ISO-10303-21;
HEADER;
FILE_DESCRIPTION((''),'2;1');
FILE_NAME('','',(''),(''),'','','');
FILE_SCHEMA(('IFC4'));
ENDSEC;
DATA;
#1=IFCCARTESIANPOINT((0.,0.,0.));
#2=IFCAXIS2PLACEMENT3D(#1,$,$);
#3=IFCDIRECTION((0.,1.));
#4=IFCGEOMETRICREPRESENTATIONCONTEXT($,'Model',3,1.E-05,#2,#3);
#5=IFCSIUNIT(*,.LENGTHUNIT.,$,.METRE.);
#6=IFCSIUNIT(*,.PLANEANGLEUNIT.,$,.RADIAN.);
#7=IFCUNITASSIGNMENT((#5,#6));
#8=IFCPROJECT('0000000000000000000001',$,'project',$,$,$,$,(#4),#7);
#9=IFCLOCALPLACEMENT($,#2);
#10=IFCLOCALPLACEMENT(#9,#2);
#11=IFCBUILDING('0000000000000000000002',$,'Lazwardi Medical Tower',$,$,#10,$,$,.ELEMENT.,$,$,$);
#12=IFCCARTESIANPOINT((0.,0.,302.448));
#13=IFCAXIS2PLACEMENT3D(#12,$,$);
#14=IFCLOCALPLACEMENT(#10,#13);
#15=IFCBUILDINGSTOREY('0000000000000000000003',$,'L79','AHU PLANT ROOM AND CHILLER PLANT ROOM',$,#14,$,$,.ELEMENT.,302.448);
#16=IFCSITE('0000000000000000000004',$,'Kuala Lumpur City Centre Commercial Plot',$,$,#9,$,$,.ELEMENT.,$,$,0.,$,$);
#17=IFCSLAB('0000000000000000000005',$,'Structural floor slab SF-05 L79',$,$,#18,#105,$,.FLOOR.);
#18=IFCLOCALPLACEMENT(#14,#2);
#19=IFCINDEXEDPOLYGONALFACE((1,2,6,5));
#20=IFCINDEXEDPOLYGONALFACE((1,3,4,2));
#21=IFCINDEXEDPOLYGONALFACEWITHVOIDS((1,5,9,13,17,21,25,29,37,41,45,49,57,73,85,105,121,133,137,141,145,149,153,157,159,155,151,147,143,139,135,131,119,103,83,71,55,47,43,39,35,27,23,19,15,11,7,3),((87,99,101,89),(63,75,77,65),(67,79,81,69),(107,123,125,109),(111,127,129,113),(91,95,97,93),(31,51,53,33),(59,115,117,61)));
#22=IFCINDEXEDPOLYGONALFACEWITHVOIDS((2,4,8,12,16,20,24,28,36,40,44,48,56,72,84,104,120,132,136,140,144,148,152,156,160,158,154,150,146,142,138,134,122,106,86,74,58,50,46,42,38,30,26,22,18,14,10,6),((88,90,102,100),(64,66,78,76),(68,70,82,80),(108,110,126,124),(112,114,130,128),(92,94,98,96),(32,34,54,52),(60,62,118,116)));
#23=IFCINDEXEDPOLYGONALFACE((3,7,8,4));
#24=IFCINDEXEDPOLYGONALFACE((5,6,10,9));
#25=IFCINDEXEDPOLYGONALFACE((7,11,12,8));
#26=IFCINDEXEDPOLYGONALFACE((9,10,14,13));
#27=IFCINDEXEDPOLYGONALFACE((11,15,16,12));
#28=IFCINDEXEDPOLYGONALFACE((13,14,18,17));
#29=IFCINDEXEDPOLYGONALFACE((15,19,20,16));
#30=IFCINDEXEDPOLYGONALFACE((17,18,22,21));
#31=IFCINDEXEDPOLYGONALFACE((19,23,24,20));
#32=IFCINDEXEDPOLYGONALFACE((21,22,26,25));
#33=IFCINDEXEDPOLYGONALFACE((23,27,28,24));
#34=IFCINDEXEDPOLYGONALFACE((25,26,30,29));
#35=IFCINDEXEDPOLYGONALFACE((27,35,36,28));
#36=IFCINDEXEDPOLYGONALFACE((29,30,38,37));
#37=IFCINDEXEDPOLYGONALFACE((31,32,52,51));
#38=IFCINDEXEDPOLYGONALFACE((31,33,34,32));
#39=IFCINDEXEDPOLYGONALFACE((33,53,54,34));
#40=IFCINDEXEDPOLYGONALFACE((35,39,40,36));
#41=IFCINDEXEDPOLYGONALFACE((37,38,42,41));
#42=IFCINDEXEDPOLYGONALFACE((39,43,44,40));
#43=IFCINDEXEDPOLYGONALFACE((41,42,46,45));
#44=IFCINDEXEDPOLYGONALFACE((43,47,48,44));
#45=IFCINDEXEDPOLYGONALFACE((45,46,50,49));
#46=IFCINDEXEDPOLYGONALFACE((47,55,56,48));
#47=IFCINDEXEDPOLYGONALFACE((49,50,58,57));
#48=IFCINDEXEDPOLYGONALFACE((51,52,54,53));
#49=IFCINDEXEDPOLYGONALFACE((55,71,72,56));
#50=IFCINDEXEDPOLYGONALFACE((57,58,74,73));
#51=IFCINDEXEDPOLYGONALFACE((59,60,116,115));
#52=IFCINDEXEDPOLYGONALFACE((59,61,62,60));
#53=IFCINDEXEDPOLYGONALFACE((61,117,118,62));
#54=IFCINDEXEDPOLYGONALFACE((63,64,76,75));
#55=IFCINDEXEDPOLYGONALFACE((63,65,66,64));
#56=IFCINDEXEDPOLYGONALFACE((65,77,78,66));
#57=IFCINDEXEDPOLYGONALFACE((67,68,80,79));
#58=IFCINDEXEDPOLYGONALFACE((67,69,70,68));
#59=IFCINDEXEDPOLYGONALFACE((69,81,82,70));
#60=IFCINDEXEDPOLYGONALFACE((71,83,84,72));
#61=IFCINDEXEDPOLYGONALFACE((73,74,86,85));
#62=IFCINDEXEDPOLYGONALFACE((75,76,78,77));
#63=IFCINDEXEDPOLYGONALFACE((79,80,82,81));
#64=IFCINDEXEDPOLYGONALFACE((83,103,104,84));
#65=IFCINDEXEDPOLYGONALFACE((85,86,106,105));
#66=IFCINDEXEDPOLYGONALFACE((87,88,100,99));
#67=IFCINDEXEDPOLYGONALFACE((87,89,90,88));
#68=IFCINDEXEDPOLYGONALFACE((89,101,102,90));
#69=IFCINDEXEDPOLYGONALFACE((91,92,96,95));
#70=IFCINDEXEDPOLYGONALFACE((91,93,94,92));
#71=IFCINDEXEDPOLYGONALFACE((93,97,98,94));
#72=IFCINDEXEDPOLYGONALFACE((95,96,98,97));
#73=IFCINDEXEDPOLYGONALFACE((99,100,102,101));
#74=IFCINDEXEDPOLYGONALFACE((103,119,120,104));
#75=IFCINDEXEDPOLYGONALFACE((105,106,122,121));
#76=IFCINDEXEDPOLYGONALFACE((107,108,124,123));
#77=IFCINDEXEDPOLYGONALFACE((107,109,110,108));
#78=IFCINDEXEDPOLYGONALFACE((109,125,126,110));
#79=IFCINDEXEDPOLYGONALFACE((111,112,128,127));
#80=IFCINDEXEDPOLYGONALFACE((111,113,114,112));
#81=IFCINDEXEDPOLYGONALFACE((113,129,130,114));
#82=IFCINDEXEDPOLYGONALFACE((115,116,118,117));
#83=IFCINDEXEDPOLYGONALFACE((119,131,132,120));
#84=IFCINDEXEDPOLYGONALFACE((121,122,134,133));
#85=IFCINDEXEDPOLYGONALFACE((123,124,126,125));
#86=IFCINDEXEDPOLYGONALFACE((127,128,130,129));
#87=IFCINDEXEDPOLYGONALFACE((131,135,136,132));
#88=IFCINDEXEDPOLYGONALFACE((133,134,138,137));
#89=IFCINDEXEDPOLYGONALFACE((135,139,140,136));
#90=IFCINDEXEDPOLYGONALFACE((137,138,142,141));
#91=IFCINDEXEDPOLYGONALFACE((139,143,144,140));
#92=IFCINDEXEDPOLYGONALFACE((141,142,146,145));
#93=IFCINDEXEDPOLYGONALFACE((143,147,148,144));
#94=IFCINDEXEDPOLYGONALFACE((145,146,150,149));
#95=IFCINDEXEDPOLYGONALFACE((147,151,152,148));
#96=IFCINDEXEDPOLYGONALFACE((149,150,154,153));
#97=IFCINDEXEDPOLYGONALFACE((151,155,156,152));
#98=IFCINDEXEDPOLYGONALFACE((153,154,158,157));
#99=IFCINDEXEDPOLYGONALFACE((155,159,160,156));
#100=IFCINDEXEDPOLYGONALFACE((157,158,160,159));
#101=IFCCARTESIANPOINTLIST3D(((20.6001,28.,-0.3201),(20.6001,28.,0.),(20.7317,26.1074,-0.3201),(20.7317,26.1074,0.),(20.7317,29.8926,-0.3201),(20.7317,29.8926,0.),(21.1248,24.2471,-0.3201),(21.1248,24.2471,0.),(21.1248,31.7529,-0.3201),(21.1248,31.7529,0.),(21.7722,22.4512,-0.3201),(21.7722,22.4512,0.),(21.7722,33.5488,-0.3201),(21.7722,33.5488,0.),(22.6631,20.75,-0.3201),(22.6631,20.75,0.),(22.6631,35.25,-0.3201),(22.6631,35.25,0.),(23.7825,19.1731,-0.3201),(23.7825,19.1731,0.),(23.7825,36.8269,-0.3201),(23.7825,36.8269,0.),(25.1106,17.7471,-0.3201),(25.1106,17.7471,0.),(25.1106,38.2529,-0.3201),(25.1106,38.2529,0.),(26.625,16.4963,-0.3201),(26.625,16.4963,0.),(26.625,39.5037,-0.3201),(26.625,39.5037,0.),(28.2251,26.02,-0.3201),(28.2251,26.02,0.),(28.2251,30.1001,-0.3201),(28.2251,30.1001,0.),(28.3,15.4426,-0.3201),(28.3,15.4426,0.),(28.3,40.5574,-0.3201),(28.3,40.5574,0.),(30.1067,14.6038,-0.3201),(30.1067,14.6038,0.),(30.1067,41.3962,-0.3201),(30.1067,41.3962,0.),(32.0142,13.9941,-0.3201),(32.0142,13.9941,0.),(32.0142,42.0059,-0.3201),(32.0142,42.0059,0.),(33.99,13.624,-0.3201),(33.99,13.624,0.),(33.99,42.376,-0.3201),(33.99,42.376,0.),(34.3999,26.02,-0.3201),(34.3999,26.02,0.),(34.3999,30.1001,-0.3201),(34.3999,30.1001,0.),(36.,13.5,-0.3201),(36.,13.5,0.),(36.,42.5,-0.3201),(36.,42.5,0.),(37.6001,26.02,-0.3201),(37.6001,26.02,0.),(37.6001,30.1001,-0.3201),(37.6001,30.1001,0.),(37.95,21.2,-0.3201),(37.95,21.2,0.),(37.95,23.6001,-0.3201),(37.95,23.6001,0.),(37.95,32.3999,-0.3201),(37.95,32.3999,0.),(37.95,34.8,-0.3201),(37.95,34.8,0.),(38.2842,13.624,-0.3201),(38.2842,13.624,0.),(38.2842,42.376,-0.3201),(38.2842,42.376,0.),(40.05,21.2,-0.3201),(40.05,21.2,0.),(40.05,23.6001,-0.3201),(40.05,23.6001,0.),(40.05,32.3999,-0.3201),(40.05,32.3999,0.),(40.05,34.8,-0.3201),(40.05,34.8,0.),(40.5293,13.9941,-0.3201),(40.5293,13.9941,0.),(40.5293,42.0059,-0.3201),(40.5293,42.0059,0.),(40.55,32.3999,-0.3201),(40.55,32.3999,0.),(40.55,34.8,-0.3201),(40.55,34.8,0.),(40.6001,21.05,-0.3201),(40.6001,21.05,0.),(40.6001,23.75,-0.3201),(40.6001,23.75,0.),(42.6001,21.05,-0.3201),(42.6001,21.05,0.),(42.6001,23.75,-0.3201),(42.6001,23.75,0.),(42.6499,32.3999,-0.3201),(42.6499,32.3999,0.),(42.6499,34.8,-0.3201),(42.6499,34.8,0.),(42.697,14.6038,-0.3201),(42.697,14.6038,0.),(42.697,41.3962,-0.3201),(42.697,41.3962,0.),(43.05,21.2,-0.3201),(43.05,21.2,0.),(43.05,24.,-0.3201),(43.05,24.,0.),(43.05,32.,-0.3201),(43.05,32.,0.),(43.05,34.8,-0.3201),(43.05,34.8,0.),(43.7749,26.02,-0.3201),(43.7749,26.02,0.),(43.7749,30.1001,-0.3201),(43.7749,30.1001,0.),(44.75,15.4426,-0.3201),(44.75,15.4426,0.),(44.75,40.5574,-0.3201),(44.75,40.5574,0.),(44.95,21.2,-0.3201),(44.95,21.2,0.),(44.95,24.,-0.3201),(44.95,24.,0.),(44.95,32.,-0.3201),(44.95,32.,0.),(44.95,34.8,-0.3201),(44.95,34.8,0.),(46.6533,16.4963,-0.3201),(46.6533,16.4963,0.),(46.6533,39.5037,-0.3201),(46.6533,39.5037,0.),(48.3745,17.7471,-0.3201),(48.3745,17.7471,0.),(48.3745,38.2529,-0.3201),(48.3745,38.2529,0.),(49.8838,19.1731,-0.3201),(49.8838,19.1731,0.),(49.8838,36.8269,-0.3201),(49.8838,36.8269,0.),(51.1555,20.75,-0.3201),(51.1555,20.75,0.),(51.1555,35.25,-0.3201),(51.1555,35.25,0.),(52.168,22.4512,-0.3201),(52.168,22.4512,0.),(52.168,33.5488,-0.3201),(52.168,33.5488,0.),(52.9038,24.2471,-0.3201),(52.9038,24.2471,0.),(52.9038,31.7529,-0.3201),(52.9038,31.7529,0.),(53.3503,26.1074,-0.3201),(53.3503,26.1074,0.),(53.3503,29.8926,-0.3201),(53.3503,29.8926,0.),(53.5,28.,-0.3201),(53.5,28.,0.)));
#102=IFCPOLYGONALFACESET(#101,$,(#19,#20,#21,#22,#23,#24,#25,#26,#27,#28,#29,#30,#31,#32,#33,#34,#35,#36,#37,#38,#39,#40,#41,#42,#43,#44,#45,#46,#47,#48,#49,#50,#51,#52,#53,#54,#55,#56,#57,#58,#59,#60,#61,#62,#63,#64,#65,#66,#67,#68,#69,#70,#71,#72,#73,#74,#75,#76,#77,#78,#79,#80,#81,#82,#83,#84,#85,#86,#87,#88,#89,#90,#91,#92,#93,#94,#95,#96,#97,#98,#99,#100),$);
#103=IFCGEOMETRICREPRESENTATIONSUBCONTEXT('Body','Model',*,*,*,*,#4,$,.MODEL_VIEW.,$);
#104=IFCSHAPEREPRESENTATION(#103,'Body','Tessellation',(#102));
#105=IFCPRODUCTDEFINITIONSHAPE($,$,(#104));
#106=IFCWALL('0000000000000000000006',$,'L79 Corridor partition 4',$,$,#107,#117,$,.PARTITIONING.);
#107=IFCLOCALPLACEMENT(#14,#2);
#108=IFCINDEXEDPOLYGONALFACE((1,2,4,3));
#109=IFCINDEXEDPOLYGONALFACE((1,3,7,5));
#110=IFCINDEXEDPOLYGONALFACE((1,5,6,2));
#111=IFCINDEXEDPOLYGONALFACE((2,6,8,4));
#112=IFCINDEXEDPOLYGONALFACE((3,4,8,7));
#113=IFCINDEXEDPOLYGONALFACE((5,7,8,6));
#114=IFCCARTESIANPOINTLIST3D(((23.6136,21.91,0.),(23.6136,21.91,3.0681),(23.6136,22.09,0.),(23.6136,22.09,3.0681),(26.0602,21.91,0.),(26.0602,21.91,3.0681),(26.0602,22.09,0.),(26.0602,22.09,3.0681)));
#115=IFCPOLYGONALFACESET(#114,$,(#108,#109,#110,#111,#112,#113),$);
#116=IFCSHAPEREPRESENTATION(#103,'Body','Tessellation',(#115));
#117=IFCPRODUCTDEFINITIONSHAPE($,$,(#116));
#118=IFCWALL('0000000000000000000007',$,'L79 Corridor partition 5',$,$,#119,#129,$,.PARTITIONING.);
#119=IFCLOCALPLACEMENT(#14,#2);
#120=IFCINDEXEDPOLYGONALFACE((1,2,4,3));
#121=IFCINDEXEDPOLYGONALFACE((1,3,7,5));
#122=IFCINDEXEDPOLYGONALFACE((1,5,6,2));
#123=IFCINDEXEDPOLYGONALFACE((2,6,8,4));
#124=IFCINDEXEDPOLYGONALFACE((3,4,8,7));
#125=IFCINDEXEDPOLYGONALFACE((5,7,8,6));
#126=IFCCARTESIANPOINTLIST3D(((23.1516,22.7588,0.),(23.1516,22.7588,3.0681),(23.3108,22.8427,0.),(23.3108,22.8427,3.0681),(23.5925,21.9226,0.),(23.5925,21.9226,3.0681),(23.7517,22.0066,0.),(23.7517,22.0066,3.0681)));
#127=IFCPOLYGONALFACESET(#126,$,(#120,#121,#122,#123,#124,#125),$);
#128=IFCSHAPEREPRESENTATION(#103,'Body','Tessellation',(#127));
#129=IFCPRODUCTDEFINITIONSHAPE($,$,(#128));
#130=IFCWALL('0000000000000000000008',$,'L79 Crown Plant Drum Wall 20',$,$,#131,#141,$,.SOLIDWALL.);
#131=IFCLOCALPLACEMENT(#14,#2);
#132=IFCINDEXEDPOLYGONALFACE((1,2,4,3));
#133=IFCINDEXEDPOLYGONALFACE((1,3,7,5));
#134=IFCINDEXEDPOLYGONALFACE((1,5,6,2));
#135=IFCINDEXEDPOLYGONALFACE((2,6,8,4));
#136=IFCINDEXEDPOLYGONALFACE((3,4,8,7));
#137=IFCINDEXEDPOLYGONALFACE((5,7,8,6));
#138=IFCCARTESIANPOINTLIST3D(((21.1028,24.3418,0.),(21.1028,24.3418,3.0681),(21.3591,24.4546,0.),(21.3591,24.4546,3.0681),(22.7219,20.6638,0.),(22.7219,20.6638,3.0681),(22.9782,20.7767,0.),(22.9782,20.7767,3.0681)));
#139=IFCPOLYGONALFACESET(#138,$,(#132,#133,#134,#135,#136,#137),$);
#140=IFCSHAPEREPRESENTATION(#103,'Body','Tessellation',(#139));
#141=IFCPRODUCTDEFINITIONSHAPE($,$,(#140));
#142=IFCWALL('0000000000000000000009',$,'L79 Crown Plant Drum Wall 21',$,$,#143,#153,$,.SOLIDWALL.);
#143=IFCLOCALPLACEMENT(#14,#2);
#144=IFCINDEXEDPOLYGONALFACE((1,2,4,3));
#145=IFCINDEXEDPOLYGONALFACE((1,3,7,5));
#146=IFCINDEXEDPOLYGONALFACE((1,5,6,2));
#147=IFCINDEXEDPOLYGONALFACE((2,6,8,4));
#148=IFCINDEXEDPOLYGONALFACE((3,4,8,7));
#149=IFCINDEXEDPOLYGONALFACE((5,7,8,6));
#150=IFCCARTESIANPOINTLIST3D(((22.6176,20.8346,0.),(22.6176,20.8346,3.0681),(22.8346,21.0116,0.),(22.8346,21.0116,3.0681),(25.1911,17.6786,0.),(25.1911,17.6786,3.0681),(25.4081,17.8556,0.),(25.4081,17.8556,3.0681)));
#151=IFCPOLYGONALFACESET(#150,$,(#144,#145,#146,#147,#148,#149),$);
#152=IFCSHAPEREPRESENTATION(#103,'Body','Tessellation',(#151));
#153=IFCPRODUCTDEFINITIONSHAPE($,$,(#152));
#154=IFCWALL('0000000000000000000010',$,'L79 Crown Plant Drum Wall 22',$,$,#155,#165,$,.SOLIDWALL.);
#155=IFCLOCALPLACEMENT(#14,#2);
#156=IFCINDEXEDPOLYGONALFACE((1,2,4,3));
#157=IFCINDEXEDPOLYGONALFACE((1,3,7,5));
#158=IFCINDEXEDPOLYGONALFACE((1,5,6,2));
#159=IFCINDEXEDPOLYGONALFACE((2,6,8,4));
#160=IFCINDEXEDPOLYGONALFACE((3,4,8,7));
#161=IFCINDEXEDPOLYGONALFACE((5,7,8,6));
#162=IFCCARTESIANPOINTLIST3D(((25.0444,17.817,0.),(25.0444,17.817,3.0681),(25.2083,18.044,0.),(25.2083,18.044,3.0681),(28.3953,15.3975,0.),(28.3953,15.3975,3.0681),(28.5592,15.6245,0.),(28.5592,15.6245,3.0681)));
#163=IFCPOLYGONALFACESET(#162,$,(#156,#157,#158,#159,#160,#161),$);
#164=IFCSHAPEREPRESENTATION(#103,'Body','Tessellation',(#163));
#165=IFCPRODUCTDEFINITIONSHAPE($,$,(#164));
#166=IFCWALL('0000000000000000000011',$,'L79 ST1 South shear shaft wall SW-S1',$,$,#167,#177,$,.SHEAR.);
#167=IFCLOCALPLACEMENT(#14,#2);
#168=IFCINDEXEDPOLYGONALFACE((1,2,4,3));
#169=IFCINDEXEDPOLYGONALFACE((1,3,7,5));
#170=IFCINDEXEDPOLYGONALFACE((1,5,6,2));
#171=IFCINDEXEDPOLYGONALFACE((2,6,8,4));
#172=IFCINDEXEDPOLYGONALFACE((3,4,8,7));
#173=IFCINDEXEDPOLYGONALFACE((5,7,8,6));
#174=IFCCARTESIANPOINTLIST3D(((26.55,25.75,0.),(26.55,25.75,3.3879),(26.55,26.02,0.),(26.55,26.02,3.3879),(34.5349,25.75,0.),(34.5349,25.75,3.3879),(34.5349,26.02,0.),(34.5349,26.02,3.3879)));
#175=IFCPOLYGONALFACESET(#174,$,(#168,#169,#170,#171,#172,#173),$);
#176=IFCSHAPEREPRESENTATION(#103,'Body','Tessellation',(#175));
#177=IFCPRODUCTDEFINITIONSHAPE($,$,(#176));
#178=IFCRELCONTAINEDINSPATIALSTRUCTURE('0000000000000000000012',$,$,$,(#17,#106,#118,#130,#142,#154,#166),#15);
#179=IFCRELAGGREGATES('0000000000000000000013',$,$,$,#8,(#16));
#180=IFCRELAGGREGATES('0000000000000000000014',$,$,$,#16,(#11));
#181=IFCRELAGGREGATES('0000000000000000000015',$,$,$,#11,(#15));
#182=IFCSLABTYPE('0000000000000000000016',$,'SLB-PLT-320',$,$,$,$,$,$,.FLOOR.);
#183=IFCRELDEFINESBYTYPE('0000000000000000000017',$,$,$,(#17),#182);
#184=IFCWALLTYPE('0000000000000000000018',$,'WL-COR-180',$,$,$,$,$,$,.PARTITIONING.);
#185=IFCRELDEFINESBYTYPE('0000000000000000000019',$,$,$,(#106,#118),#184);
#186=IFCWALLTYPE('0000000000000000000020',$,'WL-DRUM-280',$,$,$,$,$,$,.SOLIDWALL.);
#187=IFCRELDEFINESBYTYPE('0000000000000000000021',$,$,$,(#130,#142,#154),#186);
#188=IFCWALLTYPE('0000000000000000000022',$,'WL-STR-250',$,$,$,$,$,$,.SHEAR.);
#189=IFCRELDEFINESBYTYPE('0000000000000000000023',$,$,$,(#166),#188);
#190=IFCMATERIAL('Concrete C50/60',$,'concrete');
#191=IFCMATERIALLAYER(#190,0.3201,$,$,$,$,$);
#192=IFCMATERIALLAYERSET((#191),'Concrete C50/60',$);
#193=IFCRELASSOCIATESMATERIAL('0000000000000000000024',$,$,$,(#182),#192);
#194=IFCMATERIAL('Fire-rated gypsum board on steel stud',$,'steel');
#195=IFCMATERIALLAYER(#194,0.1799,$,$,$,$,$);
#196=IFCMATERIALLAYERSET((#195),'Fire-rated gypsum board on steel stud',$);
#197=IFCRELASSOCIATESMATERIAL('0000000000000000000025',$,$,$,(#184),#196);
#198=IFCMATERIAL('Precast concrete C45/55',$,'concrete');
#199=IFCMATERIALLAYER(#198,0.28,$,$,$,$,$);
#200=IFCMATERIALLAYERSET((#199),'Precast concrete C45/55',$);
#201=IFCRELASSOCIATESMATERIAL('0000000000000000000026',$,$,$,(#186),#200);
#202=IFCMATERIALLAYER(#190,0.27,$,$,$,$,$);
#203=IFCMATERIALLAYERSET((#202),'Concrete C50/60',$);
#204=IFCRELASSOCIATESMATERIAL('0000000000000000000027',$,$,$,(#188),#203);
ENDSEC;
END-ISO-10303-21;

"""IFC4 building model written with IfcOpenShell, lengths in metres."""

from ifc_helpers import new_model, si_unit, direction, frame, frame_2d, origin, place, context, subcontext, project, spatial, polyline, rectangle, outline, extrude, material, layer, layer_set, type_object, element, save


model = new_model("IFC4")

# Units and contexts
model_context = context("Model", 3, precision=1e-05, world=origin(), true_north=direction((0.0, 1.0)))
body_context = subcontext(model_context, "Body", "Model", "MODEL_VIEW")
ifc_project = project(units=[si_unit("LENGTHUNIT", "METRE"), si_unit("PLANEANGLEUNIT", "RADIAN")], contexts=[model_context])

# Site, building, storey
site_placement = place(None, origin())
site = spatial("IfcSite", under=ifc_project, at=site_placement, Name="Kuala Lumpur City Centre Commercial Plot", CompositionType="ELEMENT", RefElevation=0.0)
building_placement = place(site_placement, origin())
building = spatial("IfcBuilding", under=site, at=building_placement, Name="Lazwardi Medical Tower", CompositionType="ELEMENT")
storey_placement = place(building_placement, frame((0.0, 0.0, 302.448)))
storey = spatial("IfcBuildingStorey", under=building, at=storey_placement, Name="L79", Description="AHU PLANT ROOM AND CHILLER PLANT ROOM", CompositionType="ELEMENT", Elevation=302.448)

# Slab
ifc_material_1 = material(Name="Concrete C50/60", Category="concrete")
ifc_layer_1 = layer(ifc_material_1, 0.3201)
ifc_layer_set_1 = layer_set([ifc_layer_1], Name="Concrete C50/60")
slab_type_1 = type_object("IfcSlabType", Name="SLB-PLT-320", PredefinedType="FLOOR", material=ifc_layer_set_1)
slab_1_placement = place(storey_placement, frame((0.0, 0.0, -0.3201)))
element("IfcSlab", 1, at=slab_1_placement, inside=storey, type_object=slab_type_1, Name="Structural floor slab SF-05 L79", PredefinedType="FLOOR", context=body_context, shape_type="SweptSolid", body=[
    extrude(outline(polyline([(23.7825, 19.1731), (25.1106, 17.7471), (26.625, 16.4963), (28.3, 15.4426), (30.1067, 14.6038), (32.0142, 13.9941), (33.99, 13.624), (36.0, 13.5), (38.2842, 13.624), (40.5293, 13.9941), (42.697, 14.6038), (44.75, 15.4426), (46.6533, 16.4963), (48.3745, 17.7471), (49.8838, 19.1731), (51.1555, 20.75), (52.168, 22.4512), (52.9038, 24.2471), (53.3503, 26.1074), (53.5, 28.0), (53.3503, 29.8926), (52.9038, 31.7529), (52.168, 33.5488), (51.1555, 35.25), (49.8838, 36.8269), (48.3745, 38.2529), (46.6533, 39.5037), (44.75, 40.5574), (42.697, 41.3962), (40.5293, 42.0059), (38.2842, 42.376), (36.0, 42.5), (33.99, 42.376), (32.0142, 42.0059), (30.1067, 41.3962), (28.3, 40.5574), (26.625, 39.5037), (25.1106, 38.2529), (23.7825, 36.8269), (22.6631, 35.25), (21.7722, 33.5488), (21.1248, 31.7529), (20.7317, 29.8926), (20.6001, 28.0), (20.7317, 26.1074), (21.1248, 24.2471), (21.7722, 22.4512), (22.6631, 20.75), (23.7825, 19.1731)]), holes=[polyline([(28.2251, 30.1001), (34.3999, 30.1001), (34.3999, 26.02), (28.2251, 26.02), (28.2251, 30.1001)]), polyline([(43.7749, 30.1001), (43.7749, 26.02), (37.6001, 26.02), (37.6001, 30.1001), (43.7749, 30.1001)]), polyline([(40.05, 32.3999), (37.95, 32.3999), (37.95, 34.8), (40.05, 34.8), (40.05, 32.3999)]), polyline([(40.55, 32.3999), (40.55, 34.8), (42.6499, 34.8), (42.6499, 32.3999), (40.55, 32.3999)]), polyline([(37.95, 23.6001), (40.05, 23.6001), (40.05, 21.2), (37.95, 21.2), (37.95, 23.6001)]), polyline([(44.95, 34.8), (44.95, 32.0), (43.05, 32.0), (43.05, 34.8), (44.95, 34.8)]), polyline([(44.95, 21.2), (43.05, 21.2), (43.05, 24.0), (44.95, 24.0), (44.95, 21.2)]), polyline([(40.6001, 21.05), (40.6001, 23.75), (42.6001, 23.75), (42.6001, 21.05), (40.6001, 21.05)])]), origin(), (0.0, 0.0, 1.0), 0.3201),
])

# Walls
ifc_material_2 = material(Name="Fire-rated gypsum board on steel stud", Category="steel")
ifc_layer_2 = layer(ifc_material_2, 0.1799)
ifc_layer_set_2 = layer_set([ifc_layer_2], Name="Fire-rated gypsum board on steel stud")
wall_type_1 = type_object("IfcWallType", Name="WL-COR-180", PredefinedType="PARTITIONING", material=ifc_layer_set_2)
wall_1_placement = place(storey_placement, frame((26.0601, 22.0, 0.0), z_axis=(0.0, 0.0, 1.0), x_axis=(-1.0, 0.0, 0.0)))
element("IfcWall", 2, at=wall_1_placement, inside=storey, type_object=wall_type_1, Name="L79 Corridor partition 4", PredefinedType="PARTITIONING", context=body_context, shape_type="SweptSolid", body=[
    extrude(rectangle(XDim=2.4465, YDim=0.1799, at=frame_2d((1.2231, 0.0))), origin(), (0.0, 0.0, 1.0), 3.0681),
])
wall_2_placement = place(storey_placement, frame((23.6721, 21.9646, 0.0), z_axis=(0.0, 0.0, 1.0), x_axis=(-0.466428, 0.884559, 0.0)))
element("IfcWall", 3, at=wall_2_placement, inside=storey, type_object=wall_type_1, Name="L79 Corridor partition 5", PredefinedType="PARTITIONING", context=body_context, shape_type="SweptSolid", body=[
    extrude(rectangle(XDim=0.9453, YDim=0.1799, at=frame_2d((0.4727, 0.0))), origin(), (0.0, 0.0, 1.0), 3.0681),
])

# Walls
ifc_material_3 = material(Name="Precast concrete C45/55", Category="concrete")
ifc_layer_3 = layer(ifc_material_3, 0.28)
ifc_layer_set_3 = layer_set([ifc_layer_3], Name="Precast concrete C45/55")
wall_type_2 = type_object("IfcWallType", Name="WL-DRUM-280", PredefinedType="SOLIDWALL", material=ifc_layer_set_3)
wall_3_placement = place(storey_placement, frame((21.231, 24.3982, 0.0), z_axis=(0.0, 0.0, 1.0), x_axis=(0.402912, -0.915239, 0.0)))
element("IfcWall", 4, at=wall_3_placement, inside=storey, type_object=wall_type_2, Name="L79 Crown Plant Drum Wall 20", PredefinedType="SOLIDWALL", context=body_context, shape_type="SweptSolid", body=[
    extrude(rectangle(XDim=4.0186, YDim=0.28, at=frame_2d((2.0093, 0.0))), origin(), (0.0, 0.0, 1.0), 3.0681),
])
wall_4_placement = place(storey_placement, frame((22.7261, 20.9231, 0.0), z_axis=(0.0, 0.0, 1.0), x_axis=(0.631957, -0.775003, 0.0)))
element("IfcWall", 5, at=wall_4_placement, inside=storey, type_object=wall_type_2, Name="L79 Crown Plant Drum Wall 21", PredefinedType="SOLIDWALL", context=body_context, shape_type="SweptSolid", body=[
    extrude(rectangle(XDim=4.0723, YDim=0.28, at=frame_2d((2.0361, 0.0))), origin(), (0.0, 0.0, 1.0), 3.0681),
])
wall_5_placement = place(storey_placement, frame((25.1265, 17.9304, 0.0), z_axis=(0.0, 0.0, 1.0), x_axis=(0.810749, -0.585393, 0.0)))
element("IfcWall", 6, at=wall_5_placement, inside=storey, type_object=wall_type_2, Name="L79 Crown Plant Drum Wall 22", PredefinedType="SOLIDWALL", context=body_context, shape_type="SweptSolid", body=[
    extrude(rectangle(XDim=4.1331, YDim=0.28, at=frame_2d((2.0664, 0.0))), origin(), (0.0, 0.0, 1.0), 3.0681),
])
ifc_layer_4 = layer(ifc_material_1, 0.27)
ifc_layer_set_4 = layer_set([ifc_layer_4], Name="Concrete C50/60")
wall_type_3 = type_object("IfcWallType", Name="WL-STR-250", PredefinedType="SHEAR", material=ifc_layer_set_4)
wall_6_placement = place(storey_placement, frame((26.55, 25.885, 0.0), z_axis=(0.0, 0.0, 1.0), x_axis=(1.0, 0.0, 0.0)))
element("IfcWall", 7, at=wall_6_placement, inside=storey, type_object=wall_type_3, Name="L79 ST1 South shear shaft wall SW-S1", PredefinedType="SHEAR", context=body_context, shape_type="SweptSolid", body=[
    extrude(rectangle(XDim=7.9849, YDim=0.27, at=frame_2d((3.9924, 0.0))), origin(), (0.0, 0.0, 1.0), 3.3879),
])

save(model, "model.ifc")
